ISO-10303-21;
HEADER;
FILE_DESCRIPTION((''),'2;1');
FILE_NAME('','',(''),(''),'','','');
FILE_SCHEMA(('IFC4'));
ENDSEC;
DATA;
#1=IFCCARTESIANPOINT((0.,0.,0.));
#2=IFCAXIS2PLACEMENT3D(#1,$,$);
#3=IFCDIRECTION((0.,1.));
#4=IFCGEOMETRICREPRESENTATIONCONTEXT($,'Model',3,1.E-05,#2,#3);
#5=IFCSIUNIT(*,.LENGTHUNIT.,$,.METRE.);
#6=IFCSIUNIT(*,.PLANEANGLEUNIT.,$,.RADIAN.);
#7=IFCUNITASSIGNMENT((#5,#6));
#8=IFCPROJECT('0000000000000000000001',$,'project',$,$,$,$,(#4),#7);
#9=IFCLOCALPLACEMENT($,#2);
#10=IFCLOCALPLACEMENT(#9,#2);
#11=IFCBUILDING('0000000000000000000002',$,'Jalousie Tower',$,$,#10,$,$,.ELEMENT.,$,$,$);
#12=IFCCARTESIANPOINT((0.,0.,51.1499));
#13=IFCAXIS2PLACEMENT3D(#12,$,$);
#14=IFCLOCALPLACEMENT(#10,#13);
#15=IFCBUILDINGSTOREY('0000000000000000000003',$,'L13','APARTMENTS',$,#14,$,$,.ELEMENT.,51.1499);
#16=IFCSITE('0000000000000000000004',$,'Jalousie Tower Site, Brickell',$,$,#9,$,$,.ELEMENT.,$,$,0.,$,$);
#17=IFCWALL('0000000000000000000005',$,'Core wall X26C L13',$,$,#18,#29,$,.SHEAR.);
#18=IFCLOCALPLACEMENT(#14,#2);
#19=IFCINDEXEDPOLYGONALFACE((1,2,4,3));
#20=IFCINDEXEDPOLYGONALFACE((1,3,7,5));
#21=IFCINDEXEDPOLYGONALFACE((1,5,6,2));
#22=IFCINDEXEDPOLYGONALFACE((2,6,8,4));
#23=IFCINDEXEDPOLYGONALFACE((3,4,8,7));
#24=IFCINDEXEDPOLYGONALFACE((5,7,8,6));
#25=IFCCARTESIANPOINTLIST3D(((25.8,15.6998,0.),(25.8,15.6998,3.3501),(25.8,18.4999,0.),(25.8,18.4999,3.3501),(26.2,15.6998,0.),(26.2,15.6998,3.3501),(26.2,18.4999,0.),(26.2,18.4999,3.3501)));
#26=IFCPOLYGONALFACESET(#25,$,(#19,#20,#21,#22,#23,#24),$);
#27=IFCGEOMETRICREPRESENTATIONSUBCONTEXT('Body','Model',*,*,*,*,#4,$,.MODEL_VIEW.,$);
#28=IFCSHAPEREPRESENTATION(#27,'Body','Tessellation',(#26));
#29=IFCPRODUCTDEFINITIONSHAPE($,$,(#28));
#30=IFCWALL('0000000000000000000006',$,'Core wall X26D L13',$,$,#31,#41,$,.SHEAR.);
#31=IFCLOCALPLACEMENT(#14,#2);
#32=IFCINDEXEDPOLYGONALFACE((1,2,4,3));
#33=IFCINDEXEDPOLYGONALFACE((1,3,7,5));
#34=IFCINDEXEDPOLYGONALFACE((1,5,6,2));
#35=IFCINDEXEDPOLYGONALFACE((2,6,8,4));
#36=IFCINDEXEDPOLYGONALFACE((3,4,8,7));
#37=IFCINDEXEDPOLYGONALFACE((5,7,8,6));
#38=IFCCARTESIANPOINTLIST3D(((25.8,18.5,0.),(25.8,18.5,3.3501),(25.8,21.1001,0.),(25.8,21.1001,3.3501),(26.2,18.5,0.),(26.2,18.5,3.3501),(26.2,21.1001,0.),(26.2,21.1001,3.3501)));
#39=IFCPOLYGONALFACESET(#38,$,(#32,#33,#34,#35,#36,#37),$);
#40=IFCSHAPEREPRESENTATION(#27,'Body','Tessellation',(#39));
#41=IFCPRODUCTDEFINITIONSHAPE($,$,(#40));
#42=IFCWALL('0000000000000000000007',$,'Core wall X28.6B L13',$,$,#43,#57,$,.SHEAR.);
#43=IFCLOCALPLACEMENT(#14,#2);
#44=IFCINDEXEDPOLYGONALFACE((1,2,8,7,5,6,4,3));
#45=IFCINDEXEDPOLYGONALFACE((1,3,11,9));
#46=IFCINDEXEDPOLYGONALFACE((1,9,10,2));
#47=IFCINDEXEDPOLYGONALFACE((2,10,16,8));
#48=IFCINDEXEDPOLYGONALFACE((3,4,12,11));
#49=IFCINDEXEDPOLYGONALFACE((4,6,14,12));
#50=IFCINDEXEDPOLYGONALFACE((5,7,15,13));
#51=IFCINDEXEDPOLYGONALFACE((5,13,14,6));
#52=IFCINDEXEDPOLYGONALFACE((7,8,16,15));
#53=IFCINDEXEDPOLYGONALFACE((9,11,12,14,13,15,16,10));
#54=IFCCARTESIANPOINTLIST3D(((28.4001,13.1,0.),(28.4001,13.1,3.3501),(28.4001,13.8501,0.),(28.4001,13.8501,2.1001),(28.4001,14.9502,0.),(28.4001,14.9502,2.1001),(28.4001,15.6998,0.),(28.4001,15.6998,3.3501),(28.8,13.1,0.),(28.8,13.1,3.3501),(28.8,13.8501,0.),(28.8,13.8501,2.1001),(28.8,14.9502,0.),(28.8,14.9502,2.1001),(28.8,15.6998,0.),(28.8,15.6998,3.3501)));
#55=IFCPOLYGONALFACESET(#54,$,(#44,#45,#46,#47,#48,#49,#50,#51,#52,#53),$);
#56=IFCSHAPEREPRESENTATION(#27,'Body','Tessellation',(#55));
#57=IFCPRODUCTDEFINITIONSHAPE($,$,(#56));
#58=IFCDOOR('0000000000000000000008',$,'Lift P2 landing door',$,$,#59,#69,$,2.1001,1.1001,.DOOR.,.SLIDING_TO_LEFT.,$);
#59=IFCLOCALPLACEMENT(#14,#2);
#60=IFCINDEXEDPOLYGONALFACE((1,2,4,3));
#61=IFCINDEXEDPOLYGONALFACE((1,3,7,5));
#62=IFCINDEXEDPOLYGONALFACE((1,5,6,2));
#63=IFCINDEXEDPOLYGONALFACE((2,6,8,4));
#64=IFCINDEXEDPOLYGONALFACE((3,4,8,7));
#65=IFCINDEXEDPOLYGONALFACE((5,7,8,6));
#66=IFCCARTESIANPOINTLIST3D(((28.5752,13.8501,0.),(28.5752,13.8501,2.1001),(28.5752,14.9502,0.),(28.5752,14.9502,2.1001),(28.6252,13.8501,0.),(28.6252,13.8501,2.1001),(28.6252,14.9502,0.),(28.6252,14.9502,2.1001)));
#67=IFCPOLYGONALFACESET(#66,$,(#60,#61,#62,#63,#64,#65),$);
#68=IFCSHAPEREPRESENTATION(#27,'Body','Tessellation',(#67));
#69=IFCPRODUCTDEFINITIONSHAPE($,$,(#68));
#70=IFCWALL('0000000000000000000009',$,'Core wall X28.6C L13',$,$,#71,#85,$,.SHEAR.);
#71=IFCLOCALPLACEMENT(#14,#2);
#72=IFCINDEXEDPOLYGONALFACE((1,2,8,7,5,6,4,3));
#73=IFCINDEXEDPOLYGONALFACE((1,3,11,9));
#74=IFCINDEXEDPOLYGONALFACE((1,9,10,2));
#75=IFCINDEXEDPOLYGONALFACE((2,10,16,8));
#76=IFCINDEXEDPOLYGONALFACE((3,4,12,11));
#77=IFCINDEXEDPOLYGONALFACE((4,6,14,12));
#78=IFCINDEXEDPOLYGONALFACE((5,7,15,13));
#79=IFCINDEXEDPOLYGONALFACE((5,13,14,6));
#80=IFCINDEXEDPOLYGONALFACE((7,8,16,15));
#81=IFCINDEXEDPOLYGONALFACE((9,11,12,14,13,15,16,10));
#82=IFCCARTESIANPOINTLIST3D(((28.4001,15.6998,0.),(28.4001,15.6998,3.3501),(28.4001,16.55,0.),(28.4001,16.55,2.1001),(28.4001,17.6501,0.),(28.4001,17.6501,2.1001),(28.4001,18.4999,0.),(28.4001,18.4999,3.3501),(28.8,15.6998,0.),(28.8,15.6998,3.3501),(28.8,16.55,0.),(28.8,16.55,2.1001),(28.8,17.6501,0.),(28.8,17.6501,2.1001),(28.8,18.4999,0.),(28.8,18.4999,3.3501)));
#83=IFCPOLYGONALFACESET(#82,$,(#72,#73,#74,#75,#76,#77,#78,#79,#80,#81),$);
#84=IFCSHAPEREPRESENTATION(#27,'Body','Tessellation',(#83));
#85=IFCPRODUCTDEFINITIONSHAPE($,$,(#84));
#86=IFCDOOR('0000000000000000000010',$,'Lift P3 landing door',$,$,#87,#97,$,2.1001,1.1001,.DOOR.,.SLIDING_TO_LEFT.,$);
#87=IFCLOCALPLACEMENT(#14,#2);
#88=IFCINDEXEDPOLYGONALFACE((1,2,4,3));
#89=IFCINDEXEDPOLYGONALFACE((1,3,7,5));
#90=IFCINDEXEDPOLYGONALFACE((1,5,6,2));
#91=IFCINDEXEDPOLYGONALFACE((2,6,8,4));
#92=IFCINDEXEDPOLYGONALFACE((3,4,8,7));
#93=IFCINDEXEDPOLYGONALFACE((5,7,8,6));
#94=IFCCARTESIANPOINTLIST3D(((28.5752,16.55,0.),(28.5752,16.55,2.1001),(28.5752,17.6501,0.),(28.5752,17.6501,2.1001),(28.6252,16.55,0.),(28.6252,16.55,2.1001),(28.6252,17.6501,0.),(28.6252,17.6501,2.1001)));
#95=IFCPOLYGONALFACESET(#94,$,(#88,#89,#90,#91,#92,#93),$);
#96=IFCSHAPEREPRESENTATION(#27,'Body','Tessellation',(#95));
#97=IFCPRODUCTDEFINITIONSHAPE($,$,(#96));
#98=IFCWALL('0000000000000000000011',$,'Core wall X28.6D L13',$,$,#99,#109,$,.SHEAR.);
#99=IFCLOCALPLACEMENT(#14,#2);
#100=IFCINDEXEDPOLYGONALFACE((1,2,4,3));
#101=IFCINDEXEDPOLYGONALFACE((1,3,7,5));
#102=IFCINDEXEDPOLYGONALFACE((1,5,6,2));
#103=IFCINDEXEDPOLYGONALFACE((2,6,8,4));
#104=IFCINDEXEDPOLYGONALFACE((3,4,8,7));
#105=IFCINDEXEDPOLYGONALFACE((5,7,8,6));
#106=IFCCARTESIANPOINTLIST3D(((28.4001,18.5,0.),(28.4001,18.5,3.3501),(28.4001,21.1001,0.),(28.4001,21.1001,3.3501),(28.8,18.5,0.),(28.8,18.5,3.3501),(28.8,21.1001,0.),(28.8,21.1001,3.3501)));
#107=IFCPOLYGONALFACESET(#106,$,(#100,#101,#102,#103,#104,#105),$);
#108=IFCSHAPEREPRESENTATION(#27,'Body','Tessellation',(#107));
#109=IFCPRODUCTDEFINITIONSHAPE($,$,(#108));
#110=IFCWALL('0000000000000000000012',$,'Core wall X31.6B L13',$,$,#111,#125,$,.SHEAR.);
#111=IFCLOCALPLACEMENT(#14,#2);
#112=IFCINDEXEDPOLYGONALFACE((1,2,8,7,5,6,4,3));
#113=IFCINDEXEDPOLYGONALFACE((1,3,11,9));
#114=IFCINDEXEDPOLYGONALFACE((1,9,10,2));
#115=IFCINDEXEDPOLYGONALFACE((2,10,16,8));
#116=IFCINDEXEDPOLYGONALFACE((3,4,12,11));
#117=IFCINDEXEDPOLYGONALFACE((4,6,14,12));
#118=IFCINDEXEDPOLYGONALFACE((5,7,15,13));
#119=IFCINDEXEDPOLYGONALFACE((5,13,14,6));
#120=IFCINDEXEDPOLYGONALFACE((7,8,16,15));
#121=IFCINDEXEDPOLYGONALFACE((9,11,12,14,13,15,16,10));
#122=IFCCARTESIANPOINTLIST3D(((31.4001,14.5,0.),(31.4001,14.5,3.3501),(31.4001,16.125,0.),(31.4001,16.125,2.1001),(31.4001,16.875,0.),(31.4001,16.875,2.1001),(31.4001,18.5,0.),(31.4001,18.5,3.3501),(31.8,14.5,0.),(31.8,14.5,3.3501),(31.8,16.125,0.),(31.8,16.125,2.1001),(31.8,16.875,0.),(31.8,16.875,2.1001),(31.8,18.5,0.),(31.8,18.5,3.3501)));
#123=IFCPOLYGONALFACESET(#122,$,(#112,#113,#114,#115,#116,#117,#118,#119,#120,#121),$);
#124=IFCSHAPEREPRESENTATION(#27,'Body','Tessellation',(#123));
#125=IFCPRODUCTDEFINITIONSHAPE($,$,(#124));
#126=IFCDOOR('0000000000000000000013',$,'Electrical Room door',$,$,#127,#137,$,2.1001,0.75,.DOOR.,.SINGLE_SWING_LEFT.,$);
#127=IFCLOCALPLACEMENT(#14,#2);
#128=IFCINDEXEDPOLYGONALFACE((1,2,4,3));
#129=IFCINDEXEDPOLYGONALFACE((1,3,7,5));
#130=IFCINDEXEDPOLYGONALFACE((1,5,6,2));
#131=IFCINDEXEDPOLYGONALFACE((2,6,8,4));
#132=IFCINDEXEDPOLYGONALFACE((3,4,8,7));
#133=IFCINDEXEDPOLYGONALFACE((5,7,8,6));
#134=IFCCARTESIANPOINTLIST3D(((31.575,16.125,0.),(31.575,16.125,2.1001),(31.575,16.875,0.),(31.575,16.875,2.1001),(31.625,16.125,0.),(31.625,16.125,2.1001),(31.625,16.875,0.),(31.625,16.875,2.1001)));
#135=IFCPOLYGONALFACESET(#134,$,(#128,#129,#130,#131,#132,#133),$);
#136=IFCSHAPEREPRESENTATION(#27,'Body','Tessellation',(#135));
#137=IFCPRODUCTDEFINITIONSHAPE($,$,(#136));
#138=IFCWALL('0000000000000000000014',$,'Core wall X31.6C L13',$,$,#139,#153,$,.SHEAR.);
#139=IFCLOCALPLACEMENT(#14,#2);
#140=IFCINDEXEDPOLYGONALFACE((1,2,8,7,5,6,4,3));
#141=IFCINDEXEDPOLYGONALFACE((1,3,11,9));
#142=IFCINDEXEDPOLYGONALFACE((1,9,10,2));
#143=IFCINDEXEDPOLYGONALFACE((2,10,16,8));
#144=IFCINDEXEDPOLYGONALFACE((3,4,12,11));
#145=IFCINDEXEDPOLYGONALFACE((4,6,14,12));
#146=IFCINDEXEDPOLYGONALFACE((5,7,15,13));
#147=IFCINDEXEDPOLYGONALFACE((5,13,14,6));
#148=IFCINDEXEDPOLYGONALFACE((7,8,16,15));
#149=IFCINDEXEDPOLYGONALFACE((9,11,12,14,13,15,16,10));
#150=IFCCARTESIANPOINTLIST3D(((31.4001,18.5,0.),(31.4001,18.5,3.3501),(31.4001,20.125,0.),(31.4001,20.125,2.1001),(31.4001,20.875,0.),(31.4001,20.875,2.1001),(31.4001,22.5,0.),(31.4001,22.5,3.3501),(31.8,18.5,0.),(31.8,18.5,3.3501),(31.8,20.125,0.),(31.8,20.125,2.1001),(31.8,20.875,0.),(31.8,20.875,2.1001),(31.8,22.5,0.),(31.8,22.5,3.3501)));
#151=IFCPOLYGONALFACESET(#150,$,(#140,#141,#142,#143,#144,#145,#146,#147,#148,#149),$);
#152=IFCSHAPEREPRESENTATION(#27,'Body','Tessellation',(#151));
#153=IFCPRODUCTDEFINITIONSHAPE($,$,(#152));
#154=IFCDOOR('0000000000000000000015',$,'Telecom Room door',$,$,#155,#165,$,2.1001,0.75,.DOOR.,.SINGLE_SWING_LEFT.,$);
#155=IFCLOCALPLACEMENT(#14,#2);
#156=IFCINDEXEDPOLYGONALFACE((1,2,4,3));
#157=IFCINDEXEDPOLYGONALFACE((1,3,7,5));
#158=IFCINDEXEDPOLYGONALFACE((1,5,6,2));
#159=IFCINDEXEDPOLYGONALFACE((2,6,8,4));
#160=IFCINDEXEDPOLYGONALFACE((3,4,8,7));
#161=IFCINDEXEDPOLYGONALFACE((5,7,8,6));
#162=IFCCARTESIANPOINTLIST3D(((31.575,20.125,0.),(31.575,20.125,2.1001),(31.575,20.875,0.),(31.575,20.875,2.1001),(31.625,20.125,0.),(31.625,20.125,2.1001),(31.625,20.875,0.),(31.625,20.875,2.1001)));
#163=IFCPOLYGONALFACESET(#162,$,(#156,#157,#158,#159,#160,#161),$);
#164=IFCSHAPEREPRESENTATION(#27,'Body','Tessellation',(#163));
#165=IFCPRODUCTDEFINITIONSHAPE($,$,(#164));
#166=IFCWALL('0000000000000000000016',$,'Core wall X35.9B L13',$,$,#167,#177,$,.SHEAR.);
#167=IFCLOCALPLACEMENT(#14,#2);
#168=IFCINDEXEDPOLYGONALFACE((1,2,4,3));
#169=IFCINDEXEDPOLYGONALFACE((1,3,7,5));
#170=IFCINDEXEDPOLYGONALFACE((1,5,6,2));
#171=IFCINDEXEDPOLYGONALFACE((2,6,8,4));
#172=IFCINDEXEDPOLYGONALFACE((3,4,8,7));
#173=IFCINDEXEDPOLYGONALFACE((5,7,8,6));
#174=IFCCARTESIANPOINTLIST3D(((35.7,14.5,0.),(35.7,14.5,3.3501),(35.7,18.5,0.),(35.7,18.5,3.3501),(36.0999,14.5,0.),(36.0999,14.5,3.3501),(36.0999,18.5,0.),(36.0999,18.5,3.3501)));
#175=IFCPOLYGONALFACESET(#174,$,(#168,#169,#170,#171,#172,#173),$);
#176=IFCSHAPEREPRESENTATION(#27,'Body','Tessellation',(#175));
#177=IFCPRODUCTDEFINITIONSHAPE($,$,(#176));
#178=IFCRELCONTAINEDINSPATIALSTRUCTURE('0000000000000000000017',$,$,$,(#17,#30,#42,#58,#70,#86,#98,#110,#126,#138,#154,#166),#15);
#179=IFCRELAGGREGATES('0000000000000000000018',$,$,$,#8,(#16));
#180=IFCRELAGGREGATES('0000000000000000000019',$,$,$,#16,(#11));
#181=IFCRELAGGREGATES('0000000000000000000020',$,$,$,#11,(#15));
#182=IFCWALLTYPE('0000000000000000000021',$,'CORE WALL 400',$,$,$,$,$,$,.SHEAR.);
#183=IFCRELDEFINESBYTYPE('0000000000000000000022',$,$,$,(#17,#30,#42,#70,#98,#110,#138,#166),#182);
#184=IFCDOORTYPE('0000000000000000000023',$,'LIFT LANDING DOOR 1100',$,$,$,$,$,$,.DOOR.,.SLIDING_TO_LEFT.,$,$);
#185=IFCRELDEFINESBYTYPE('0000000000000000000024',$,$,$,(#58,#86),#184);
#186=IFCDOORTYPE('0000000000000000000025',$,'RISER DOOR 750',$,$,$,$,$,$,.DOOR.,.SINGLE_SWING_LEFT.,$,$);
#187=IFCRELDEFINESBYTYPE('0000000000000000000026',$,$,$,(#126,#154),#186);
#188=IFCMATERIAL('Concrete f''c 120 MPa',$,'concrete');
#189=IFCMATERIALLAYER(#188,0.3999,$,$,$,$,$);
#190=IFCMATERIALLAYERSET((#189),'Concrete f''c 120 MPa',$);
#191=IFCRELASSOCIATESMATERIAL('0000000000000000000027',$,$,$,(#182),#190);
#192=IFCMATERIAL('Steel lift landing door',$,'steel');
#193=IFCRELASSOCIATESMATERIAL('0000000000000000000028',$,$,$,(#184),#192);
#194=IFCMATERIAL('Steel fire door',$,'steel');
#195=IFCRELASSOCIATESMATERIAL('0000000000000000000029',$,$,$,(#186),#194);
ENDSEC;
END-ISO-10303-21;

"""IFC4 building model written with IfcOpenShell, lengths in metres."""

from ifc_helpers import new_model, si_unit, direction, frame, frame_2d, origin, place, context, subcontext, project, spatial, rectangle, extrude, material, layer, layer_set, type_object, element, fill, save


model = new_model("IFC4")

# Units and contexts
model_context = context("Model", 3, precision=1e-05, world=origin(), true_north=direction((0.0, 1.0)))
body_context = subcontext(model_context, "Body", "Model", "MODEL_VIEW")
ifc_project = project(units=[si_unit("LENGTHUNIT", "METRE"), si_unit("PLANEANGLEUNIT", "RADIAN")], contexts=[model_context])

# Site, building, storey
site_placement = place(None, origin())
site = spatial("IfcSite", under=ifc_project, at=site_placement, Name="Jalousie Tower Site, Brickell", CompositionType="ELEMENT", RefElevation=0.0)
building_placement = place(site_placement, origin())
building = spatial("IfcBuilding", under=site, at=building_placement, Name="Jalousie Tower", CompositionType="ELEMENT")
storey_placement = place(building_placement, frame((0.0, 0.0, 51.1499)))
storey = spatial("IfcBuildingStorey", under=building, at=storey_placement, Name="L13", Description="APARTMENTS", CompositionType="ELEMENT", Elevation=51.1499)

# Walls
ifc_material_1 = material(Name="Concrete f'c 120 MPa", Category="concrete")
ifc_layer = layer(ifc_material_1, 0.3999)
ifc_layer_set = layer_set([ifc_layer], Name="Concrete f'c 120 MPa")
wall_type = type_object("IfcWallType", Name="CORE WALL 400", PredefinedType="SHEAR", material=ifc_layer_set)
wall_1_placement = place(storey_placement, frame((26.0, 15.7, 0.0), z_axis=(0.0, 0.0, 1.0), x_axis=(0.0, 1.0, 0.0)))
element("IfcWall", 1, at=wall_1_placement, inside=storey, type_object=wall_type, Name="Core wall X26C L13", PredefinedType="SHEAR", context=body_context, shape_type="SweptSolid", body=[
    extrude(rectangle(XDim=2.8, YDim=0.3999, at=frame_2d((1.3999, 0.0))), origin(), (0.0, 0.0, 1.0), 3.3501),
])
wall_2_placement = place(storey_placement, frame((26.0, 18.5, 0.0), z_axis=(0.0, 0.0, 1.0), x_axis=(0.0, 1.0, 0.0)))
element("IfcWall", 2, at=wall_2_placement, inside=storey, type_object=wall_type, Name="Core wall X26D L13", PredefinedType="SHEAR", context=body_context, shape_type="SweptSolid", body=[
    extrude(rectangle(XDim=2.6001, YDim=0.3999, at=frame_2d((1.3, 0.0))), origin(), (0.0, 0.0, 1.0), 3.3501),
])

# Walls, openings, doors
wall_3_placement = place(storey_placement, frame((28.6001, 13.1001, 0.0), z_axis=(0.0, 0.0, 1.0), x_axis=(0.0, 1.0, 0.0)))
wall_3 = element("IfcWall", 3, at=wall_3_placement, inside=storey, type_object=wall_type, Name="Core wall X28.6B L13", PredefinedType="SHEAR", context=body_context, shape_type="SweptSolid", body=[
    extrude(rectangle(XDim=2.5999, YDim=0.3999, at=frame_2d((1.2998, 0.0))), origin(), (0.0, 0.0, 1.0), 3.3501),
])
opening_1_placement = place(wall_3_placement, frame((0.75, 0.0, 0.0)))
opening_1 = element("IfcOpeningElement", 4, at=opening_1_placement, cuts=wall_3, PredefinedType="OPENING", context=body_context, shape_type="SweptSolid", body=[
    extrude(rectangle(XDim=1.1001, YDim=2.1001, at=frame_2d((0.55, 1.05))), frame((0.0, 0.21, 0.0), z_axis=(0.0, -1.0, 0.0), x_axis=(1.0, 0.0, 0.0)), (0.0, 0.0, 1.0), 0.4199),
])
ifc_material_2 = material(Name="Steel lift landing door", Category="steel")
door_type_1 = type_object("IfcDoorType", Name="LIFT LANDING DOOR 1100", OperationType="SLIDING_TO_LEFT", PredefinedType="DOOR", material=ifc_material_2)
door_1_placement = place(opening_1_placement, origin())
door_1 = element("IfcDoor", 5, at=door_1_placement, inside=storey, type_object=door_type_1, Name="Lift P2 landing door", OperationType="SLIDING_TO_LEFT", OverallHeight=2.1001, OverallWidth=1.1001, PredefinedType="DOOR", context=body_context, shape_type="SweptSolid", body=[
    extrude(rectangle(XDim=1.1001, YDim=2.1001, at=frame_2d((0.55, 1.05))), frame((0.0, 0.0249, 0.0), z_axis=(0.0, -1.0, 0.0), x_axis=(1.0, 0.0, 0.0)), (0.0, 0.0, 1.0), 0.05),
])
fill(opening_1, door_1)
wall_4_placement = place(storey_placement, frame((28.6001, 15.7, 0.0), z_axis=(0.0, 0.0, 1.0), x_axis=(0.0, 1.0, 0.0)))
wall_4 = element("IfcWall", 6, at=wall_4_placement, inside=storey, type_object=wall_type, Name="Core wall X28.6C L13", PredefinedType="SHEAR", context=body_context, shape_type="SweptSolid", body=[
    extrude(rectangle(XDim=2.8, YDim=0.3999, at=frame_2d((1.3999, 0.0))), origin(), (0.0, 0.0, 1.0), 3.3501),
])
opening_2_placement = place(wall_4_placement, frame((0.8501, 0.0, 0.0)))
opening_2 = element("IfcOpeningElement", 7, at=opening_2_placement, cuts=wall_4, PredefinedType="OPENING", context=body_context, shape_type="SweptSolid", body=[
    extrude(rectangle(XDim=1.1001, YDim=2.1001, at=frame_2d((0.55, 1.05))), frame((0.0, 0.21, 0.0), z_axis=(0.0, -1.0, 0.0), x_axis=(1.0, 0.0, 0.0)), (0.0, 0.0, 1.0), 0.4199),
])
door_2_placement = place(opening_2_placement, origin())
door_2 = element("IfcDoor", 8, at=door_2_placement, inside=storey, type_object=door_type_1, Name="Lift P3 landing door", OperationType="SLIDING_TO_LEFT", OverallHeight=2.1001, OverallWidth=1.1001, PredefinedType="DOOR", context=body_context, shape_type="SweptSolid", body=[
    extrude(rectangle(XDim=1.1001, YDim=2.1001, at=frame_2d((0.55, 1.05))), frame((0.0, 0.0249, 0.0), z_axis=(0.0, -1.0, 0.0), x_axis=(1.0, 0.0, 0.0)), (0.0, 0.0, 1.0), 0.05),
])
fill(opening_2, door_2)

# Wall
wall_5_placement = place(storey_placement, frame((28.6001, 18.5, 0.0), z_axis=(0.0, 0.0, 1.0), x_axis=(0.0, 1.0, 0.0)))
element("IfcWall", 9, at=wall_5_placement, inside=storey, type_object=wall_type, Name="Core wall X28.6D L13", PredefinedType="SHEAR", context=body_context, shape_type="SweptSolid", body=[
    extrude(rectangle(XDim=2.6001, YDim=0.3999, at=frame_2d((1.3, 0.0))), origin(), (0.0, 0.0, 1.0), 3.3501),
])

# Walls, openings, doors
wall_6_placement = place(storey_placement, frame((31.6001, 14.5, 0.0), z_axis=(0.0, 0.0, 1.0), x_axis=(0.0, 1.0, 0.0)))
wall_6 = element("IfcWall", 10, at=wall_6_placement, inside=storey, type_object=wall_type, Name="Core wall X31.6B L13", PredefinedType="SHEAR", context=body_context, shape_type="SweptSolid", body=[
    extrude(rectangle(XDim=4.0, YDim=0.3999, at=frame_2d((2.0, 0.0))), origin(), (0.0, 0.0, 1.0), 3.3501),
])
opening_3_placement = place(wall_6_placement, frame((1.625, 0.0, 0.0)))
opening_3 = element("IfcOpeningElement", 11, at=opening_3_placement, cuts=wall_6, PredefinedType="OPENING", context=body_context, shape_type="SweptSolid", body=[
    extrude(rectangle(XDim=0.75, YDim=2.1001, at=frame_2d((0.375, 1.05))), frame((0.0, 0.21, 0.0), z_axis=(0.0, -1.0, 0.0), x_axis=(1.0, 0.0, 0.0)), (0.0, 0.0, 1.0), 0.4199),
])
ifc_material_3 = material(Name="Steel fire door", Category="steel")
door_type_2 = type_object("IfcDoorType", Name="RISER DOOR 750", OperationType="SINGLE_SWING_LEFT", PredefinedType="DOOR", material=ifc_material_3)
door_3_placement = place(opening_3_placement, frame((0.75, 0.0, 0.0), z_axis=(0.0, 0.0, 1.0), x_axis=(-1.0, 0.0, 0.0)))
door_3 = element("IfcDoor", 12, at=door_3_placement, inside=storey, type_object=door_type_2, Name="Electrical Room door", OperationType="SINGLE_SWING_LEFT", OverallHeight=2.1001, OverallWidth=0.75, PredefinedType="DOOR", context=body_context, shape_type="SweptSolid", body=[
    extrude(rectangle(XDim=0.75, YDim=2.1001, at=frame_2d((0.375, 1.05))), frame((0.0, 0.0249, 0.0), z_axis=(0.0, -1.0, 0.0), x_axis=(1.0, 0.0, 0.0)), (0.0, 0.0, 1.0), 0.05),
])
fill(opening_3, door_3)
wall_7_placement = place(storey_placement, frame((31.6001, 18.5, 0.0), z_axis=(0.0, 0.0, 1.0), x_axis=(0.0, 1.0, 0.0)))
wall_7 = element("IfcWall", 13, at=wall_7_placement, inside=storey, type_object=wall_type, Name="Core wall X31.6C L13", PredefinedType="SHEAR", context=body_context, shape_type="SweptSolid", body=[
    extrude(rectangle(XDim=4.0, YDim=0.3999, at=frame_2d((2.0, 0.0))), origin(), (0.0, 0.0, 1.0), 3.3501),
])
opening_4_placement = place(wall_7_placement, frame((1.625, 0.0, 0.0)))
opening_4 = element("IfcOpeningElement", 14, at=opening_4_placement, cuts=wall_7, PredefinedType="OPENING", context=body_context, shape_type="SweptSolid", body=[
    extrude(rectangle(XDim=0.75, YDim=2.1001, at=frame_2d((0.375, 1.05))), frame((0.0, 0.21, 0.0), z_axis=(0.0, -1.0, 0.0), x_axis=(1.0, 0.0, 0.0)), (0.0, 0.0, 1.0), 0.4199),
])
door_4_placement = place(opening_4_placement, frame((0.75, 0.0, 0.0), z_axis=(0.0, 0.0, 1.0), x_axis=(-1.0, 0.0, 0.0)))
door_4 = element("IfcDoor", 15, at=door_4_placement, inside=storey, type_object=door_type_2, Name="Telecom Room door", OperationType="SINGLE_SWING_LEFT", OverallHeight=2.1001, OverallWidth=0.75, PredefinedType="DOOR", context=body_context, shape_type="SweptSolid", body=[
    extrude(rectangle(XDim=0.75, YDim=2.1001, at=frame_2d((0.375, 1.05))), frame((0.0, 0.0249, 0.0), z_axis=(0.0, -1.0, 0.0), x_axis=(1.0, 0.0, 0.0)), (0.0, 0.0, 1.0), 0.05),
])
fill(opening_4, door_4)

# Wall
wall_8_placement = place(storey_placement, frame((35.8999, 14.5, 0.0), z_axis=(0.0, 0.0, 1.0), x_axis=(0.0, 1.0, 0.0)))
element("IfcWall", 16, at=wall_8_placement, inside=storey, type_object=wall_type, Name="Core wall X35.9B L13", PredefinedType="SHEAR", context=body_context, shape_type="SweptSolid", body=[
    extrude(rectangle(XDim=4.0, YDim=0.3999, at=frame_2d((2.0, 0.0))), origin(), (0.0, 0.0, 1.0), 3.3501),
])

save(model, "model.ifc")
